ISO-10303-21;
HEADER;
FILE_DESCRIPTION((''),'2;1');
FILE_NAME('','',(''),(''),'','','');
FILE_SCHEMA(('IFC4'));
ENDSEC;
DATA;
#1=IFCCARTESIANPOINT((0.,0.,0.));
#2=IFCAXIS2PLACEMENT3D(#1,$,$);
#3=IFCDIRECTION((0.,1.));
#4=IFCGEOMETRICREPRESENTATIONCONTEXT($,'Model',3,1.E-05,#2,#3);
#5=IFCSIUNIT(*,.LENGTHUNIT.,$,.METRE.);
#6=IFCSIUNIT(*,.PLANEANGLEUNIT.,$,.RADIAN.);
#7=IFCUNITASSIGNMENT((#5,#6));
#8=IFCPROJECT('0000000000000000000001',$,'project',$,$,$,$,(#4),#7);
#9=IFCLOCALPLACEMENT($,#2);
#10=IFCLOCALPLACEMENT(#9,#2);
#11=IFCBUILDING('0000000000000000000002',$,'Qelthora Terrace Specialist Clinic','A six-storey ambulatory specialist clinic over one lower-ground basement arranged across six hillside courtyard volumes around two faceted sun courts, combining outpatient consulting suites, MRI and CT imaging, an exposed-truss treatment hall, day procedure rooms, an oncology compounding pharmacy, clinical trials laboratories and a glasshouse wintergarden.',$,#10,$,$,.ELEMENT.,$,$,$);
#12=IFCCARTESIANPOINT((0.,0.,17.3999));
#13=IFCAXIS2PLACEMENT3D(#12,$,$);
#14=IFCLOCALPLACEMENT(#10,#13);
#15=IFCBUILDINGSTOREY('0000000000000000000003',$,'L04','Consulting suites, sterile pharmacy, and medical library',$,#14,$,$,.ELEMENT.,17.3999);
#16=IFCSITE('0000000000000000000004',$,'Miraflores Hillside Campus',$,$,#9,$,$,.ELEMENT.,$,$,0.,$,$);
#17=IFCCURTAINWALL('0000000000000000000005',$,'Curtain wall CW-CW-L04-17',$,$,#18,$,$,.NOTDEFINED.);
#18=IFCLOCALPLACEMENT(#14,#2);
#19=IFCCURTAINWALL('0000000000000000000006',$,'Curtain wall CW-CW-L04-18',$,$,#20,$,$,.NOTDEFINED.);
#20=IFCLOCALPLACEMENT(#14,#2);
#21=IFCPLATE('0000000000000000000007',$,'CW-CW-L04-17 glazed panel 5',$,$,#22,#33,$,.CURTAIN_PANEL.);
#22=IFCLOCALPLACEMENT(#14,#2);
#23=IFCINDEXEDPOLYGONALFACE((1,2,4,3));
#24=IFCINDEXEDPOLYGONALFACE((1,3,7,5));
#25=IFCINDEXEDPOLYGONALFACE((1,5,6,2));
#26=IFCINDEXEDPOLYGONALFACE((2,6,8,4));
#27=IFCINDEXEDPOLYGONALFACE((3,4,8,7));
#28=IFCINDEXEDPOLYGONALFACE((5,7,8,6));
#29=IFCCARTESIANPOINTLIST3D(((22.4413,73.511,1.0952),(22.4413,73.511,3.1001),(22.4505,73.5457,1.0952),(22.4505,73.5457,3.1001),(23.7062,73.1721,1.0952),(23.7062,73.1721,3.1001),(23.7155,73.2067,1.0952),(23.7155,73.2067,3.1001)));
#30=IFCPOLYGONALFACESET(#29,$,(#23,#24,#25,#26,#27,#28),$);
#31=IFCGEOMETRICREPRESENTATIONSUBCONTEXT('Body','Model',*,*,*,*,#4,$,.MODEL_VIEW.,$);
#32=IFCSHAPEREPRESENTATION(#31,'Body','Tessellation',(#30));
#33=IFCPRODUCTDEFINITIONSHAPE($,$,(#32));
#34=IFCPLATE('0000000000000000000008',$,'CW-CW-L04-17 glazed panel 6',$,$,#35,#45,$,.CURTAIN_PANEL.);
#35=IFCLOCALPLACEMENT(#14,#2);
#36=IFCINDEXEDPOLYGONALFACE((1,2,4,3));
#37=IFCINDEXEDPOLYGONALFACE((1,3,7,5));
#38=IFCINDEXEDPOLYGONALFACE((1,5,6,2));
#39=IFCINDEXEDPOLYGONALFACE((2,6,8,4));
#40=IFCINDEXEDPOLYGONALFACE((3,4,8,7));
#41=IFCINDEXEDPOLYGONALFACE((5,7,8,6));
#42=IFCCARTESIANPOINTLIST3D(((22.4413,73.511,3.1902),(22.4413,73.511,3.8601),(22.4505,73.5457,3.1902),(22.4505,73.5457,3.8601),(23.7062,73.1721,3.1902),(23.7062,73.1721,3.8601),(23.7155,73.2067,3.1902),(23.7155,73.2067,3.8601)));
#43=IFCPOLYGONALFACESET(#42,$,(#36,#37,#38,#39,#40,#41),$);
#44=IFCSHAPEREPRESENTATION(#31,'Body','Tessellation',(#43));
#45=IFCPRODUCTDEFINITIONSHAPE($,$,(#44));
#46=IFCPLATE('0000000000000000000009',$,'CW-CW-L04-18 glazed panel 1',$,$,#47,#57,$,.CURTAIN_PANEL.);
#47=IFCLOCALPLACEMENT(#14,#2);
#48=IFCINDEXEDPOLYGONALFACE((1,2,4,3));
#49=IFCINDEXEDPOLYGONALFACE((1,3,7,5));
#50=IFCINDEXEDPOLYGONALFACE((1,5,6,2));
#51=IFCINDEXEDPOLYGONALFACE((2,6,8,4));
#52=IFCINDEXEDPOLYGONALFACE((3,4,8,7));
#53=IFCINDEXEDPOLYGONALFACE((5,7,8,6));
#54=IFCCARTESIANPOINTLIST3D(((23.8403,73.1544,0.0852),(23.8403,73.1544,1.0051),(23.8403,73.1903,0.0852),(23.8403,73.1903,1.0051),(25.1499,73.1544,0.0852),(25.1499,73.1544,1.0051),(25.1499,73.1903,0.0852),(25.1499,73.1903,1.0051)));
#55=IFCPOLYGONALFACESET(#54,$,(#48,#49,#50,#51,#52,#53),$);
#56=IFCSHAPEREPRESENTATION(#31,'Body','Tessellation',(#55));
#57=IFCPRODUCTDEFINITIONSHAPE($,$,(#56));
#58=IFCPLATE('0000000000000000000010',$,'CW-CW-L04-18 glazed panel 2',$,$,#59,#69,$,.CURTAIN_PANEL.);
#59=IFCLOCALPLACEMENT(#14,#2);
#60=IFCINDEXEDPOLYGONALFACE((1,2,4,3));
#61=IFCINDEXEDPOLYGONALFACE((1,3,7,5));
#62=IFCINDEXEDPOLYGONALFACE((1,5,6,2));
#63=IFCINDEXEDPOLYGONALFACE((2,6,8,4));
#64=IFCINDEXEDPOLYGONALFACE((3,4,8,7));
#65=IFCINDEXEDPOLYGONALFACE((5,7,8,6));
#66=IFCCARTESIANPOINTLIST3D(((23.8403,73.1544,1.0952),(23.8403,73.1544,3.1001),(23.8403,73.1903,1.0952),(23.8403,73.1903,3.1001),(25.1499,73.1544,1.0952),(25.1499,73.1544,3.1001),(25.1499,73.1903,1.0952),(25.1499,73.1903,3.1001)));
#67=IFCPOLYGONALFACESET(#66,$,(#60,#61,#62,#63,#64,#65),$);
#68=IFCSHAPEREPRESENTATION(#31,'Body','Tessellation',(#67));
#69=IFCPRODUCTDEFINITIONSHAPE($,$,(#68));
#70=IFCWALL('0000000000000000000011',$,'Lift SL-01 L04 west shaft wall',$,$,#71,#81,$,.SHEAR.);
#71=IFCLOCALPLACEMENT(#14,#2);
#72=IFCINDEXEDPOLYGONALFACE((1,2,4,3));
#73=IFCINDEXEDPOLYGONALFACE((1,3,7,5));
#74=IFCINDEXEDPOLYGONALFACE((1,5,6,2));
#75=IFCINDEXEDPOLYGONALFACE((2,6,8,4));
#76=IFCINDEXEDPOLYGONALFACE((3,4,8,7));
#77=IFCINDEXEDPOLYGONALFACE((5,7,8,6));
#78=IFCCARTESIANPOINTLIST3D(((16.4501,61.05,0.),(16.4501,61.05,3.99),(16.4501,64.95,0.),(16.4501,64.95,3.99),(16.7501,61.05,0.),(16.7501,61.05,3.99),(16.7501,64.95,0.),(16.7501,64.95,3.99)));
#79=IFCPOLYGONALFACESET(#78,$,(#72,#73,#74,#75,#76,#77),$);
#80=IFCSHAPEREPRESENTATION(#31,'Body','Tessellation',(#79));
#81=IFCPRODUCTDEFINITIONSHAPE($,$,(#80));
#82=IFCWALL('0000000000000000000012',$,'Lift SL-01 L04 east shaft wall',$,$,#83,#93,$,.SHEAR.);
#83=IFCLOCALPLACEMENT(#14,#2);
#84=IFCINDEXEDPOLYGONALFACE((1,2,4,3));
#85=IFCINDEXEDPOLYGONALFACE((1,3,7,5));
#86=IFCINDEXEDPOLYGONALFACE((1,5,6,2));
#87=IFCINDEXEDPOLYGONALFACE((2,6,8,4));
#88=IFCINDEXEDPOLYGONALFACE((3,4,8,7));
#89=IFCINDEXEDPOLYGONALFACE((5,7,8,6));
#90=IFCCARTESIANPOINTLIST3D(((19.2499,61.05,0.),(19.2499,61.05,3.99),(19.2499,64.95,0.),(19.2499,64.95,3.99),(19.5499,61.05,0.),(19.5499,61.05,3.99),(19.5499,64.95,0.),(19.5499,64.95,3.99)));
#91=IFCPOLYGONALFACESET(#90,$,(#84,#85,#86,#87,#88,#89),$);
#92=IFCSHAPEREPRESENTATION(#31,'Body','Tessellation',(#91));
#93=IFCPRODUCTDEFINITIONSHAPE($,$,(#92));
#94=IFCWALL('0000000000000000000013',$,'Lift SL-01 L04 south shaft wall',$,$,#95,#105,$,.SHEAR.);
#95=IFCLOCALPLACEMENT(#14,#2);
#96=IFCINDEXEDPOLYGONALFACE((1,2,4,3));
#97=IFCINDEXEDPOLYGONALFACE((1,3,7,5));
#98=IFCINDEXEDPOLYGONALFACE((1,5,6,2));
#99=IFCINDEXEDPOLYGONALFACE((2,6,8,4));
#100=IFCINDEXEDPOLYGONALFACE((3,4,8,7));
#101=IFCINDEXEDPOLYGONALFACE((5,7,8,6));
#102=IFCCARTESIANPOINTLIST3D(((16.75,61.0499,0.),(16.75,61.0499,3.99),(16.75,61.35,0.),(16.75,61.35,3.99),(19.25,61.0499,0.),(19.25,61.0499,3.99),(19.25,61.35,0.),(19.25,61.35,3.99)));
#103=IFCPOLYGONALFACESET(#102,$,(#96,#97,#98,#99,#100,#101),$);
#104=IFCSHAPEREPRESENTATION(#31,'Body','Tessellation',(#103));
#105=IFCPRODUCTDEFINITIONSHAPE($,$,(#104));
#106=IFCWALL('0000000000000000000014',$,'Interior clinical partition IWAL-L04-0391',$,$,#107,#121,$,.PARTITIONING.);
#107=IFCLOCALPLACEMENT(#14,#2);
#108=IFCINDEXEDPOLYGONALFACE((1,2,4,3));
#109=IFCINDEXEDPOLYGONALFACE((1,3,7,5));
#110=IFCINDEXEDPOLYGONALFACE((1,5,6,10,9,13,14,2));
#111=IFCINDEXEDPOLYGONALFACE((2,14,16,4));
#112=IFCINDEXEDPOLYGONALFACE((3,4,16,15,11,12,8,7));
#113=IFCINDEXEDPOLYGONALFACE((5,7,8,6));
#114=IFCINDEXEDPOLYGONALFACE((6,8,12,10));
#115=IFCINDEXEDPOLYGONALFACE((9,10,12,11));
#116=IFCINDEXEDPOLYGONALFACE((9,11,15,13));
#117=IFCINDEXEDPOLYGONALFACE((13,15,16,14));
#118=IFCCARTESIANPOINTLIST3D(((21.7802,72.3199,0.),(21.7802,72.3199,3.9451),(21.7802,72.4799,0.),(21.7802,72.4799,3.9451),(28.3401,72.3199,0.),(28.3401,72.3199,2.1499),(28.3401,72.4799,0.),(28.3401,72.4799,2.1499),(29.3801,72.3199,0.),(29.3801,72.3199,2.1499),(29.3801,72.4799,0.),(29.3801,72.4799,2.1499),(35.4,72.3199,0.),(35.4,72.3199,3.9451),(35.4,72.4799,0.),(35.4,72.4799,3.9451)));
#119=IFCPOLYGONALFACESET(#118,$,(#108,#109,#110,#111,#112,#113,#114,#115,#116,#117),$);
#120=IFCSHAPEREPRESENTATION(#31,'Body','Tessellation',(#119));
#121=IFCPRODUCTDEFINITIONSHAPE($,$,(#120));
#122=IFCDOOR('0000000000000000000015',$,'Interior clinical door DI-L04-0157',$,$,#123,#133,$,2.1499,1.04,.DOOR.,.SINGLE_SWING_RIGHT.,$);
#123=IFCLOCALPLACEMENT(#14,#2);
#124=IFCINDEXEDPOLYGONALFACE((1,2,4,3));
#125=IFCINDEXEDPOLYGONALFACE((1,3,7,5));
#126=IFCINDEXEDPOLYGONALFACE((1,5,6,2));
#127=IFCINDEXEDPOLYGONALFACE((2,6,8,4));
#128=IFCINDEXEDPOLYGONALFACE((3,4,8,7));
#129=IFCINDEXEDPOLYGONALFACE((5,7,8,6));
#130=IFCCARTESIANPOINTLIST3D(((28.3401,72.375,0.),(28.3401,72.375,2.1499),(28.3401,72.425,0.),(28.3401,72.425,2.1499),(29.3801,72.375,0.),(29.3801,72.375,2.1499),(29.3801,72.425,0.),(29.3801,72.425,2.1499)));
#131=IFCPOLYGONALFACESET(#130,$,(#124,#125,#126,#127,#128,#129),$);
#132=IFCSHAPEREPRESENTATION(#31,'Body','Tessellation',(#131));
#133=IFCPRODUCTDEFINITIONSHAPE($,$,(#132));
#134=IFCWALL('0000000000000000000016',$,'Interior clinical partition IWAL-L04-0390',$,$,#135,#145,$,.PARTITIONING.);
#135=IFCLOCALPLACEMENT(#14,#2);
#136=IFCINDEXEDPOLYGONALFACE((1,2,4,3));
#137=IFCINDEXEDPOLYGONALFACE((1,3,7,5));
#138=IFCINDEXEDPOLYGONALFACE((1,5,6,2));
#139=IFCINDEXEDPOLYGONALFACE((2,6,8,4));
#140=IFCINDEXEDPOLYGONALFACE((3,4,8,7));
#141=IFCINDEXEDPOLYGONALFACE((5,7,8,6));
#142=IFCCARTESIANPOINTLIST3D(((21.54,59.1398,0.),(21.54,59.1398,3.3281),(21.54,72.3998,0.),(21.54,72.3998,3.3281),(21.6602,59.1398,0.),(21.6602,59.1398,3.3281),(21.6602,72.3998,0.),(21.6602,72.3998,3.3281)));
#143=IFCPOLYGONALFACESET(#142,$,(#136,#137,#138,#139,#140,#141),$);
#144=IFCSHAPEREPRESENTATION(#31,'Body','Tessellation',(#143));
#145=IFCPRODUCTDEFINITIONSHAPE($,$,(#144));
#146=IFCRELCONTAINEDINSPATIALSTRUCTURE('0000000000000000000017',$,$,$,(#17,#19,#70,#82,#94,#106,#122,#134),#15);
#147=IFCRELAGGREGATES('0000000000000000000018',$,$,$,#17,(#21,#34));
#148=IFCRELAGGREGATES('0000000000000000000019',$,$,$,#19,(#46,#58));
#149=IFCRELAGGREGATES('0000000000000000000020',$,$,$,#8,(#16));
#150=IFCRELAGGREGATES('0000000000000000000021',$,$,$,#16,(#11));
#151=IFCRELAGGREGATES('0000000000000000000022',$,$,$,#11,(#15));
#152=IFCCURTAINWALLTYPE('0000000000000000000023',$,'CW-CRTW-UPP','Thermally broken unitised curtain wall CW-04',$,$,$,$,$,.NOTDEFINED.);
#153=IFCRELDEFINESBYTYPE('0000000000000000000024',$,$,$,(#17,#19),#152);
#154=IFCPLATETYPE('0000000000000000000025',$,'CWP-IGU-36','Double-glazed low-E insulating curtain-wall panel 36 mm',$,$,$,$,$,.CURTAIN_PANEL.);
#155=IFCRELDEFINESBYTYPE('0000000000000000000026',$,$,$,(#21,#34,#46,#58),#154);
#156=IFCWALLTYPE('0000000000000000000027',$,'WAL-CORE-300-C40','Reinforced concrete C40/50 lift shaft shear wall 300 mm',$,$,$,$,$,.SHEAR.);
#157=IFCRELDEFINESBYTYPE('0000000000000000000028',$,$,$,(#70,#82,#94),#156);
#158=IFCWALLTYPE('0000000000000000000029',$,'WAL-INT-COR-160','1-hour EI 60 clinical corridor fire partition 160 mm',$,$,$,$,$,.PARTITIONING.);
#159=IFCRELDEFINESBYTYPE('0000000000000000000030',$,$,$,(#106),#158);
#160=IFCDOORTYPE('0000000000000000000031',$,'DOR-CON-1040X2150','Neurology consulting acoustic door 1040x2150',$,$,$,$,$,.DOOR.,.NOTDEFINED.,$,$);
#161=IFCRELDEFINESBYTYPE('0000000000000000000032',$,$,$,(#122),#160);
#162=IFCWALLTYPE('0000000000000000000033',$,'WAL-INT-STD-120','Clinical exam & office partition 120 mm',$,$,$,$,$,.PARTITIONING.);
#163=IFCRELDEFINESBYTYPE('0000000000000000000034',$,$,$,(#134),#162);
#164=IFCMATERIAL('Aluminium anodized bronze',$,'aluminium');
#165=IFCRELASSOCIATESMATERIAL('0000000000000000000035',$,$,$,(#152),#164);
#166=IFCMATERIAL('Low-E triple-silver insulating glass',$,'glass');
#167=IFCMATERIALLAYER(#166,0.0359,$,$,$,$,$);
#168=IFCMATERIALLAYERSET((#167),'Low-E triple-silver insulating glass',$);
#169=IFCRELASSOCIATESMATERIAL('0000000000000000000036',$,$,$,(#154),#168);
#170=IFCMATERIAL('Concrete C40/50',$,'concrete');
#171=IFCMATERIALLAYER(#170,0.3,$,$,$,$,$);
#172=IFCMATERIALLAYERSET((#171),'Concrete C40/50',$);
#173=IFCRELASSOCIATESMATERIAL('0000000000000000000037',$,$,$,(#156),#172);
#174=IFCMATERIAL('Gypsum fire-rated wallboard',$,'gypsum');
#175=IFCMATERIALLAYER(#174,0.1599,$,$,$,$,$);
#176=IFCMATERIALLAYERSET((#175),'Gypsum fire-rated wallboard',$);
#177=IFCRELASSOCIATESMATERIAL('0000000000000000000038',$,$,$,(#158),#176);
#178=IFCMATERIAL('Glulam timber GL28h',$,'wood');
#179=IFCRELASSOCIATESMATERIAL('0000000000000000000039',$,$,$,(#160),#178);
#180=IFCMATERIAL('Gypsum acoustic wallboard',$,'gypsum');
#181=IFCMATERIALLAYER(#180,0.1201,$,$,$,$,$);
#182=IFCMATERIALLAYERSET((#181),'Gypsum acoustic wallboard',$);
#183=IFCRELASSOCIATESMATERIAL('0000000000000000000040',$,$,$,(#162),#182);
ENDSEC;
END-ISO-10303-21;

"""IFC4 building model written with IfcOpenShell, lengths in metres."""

from ifc_helpers import new_model, si_unit, direction, frame, frame_2d, origin, origin_2d, place, context, subcontext, project, spatial, rectangle, extrude, material, layer, layer_set, type_object, element, fill, aggregate, save


model = new_model("IFC4")

# Units and contexts
model_context = context("Model", 3, precision=1e-05, world=origin(), true_north=direction((0.0, 1.0)))
body_context = subcontext(model_context, "Body", "Model", "MODEL_VIEW")
ifc_project = project(units=[si_unit("LENGTHUNIT", "METRE"), si_unit("PLANEANGLEUNIT", "RADIAN")], contexts=[model_context])

# Site, building, storey
site_placement = place(None, origin())
site = spatial("IfcSite", under=ifc_project, at=site_placement, Name="Miraflores Hillside Campus", CompositionType="ELEMENT", RefElevation=0.0)
building_placement = place(site_placement, origin())
building = spatial("IfcBuilding", under=site, at=building_placement, Name="Qelthora Terrace Specialist Clinic", Description="A six-storey ambulatory specialist clinic over one lower-ground basement arranged across six hillside courtyard volumes around two faceted sun courts, combining outpatient consulting suites, MRI and CT imaging, an exposed-truss treatment hall, day procedure rooms, an oncology compounding pharmacy, clinical trials laboratories and a glasshouse wintergarden.", CompositionType="ELEMENT")
storey_placement = place(building_placement, frame((0.0, 0.0, 17.3999)))
storey = spatial("IfcBuildingStorey", under=building, at=storey_placement, Name="L04", Description="Consulting suites, sterile pharmacy, and medical library", CompositionType="ELEMENT", Elevation=17.3999)

# Curtain wall
ifc_material_1 = material(Name="Aluminium anodized bronze", Category="aluminium")
curtain_wall_type = type_object("IfcCurtainWallType", Name="CW-CRTW-UPP", Description="Thermally broken unitised curtain wall CW-04", PredefinedType="NOTDEFINED", material=ifc_material_1)
curtain_wall_1_placement = place(storey_placement, origin())
curtain_wall_1 = element("IfcCurtainWall", 1, at=curtain_wall_1_placement, inside=storey, type_object=curtain_wall_type, Name="Curtain wall CW-CW-L04-17", PredefinedType="NOTDEFINED")

# Curtain wall
curtain_wall_2_placement = place(storey_placement, origin())
curtain_wall_2 = element("IfcCurtainWall", 2, at=curtain_wall_2_placement, inside=storey, type_object=curtain_wall_type, Name="Curtain wall CW-CW-L04-18", PredefinedType="NOTDEFINED")

# Plates
ifc_material_2 = material(Name="Low-E triple-silver insulating glass", Category="glass")
ifc_layer_1 = layer(ifc_material_2, 0.0359)
ifc_layer_set_1 = layer_set([ifc_layer_1], Name="Low-E triple-silver insulating glass")
plate_type = type_object("IfcPlateType", Name="CWP-IGU-36", Description="Double-glazed low-E insulating curtain-wall panel 36 mm", PredefinedType="CURTAIN_PANEL", material=ifc_layer_set_1)
plate_1_placement = place(storey_placement, frame((23.0784, 73.3589, 1.0952), z_axis=(0.0, 0.0, 1.0), x_axis=(0.965925, -0.258821, 0.0)))
plate_1 = element("IfcPlate", 3, at=plate_1_placement, type_object=plate_type, Name="CW-CW-L04-17 glazed panel 5", PredefinedType="CURTAIN_PANEL", context=body_context, shape_type="SweptSolid", body=[
    extrude(rectangle(XDim=1.3096, YDim=0.0359, at=origin_2d()), origin(), (0.0, 0.0, 1.0), 2.0049),
])
plate_2_placement = place(storey_placement, frame((23.0784, 73.3589, 3.1902), z_axis=(0.0, 0.0, 1.0), x_axis=(0.965925, -0.258821, 0.0)))
plate_2 = element("IfcPlate", 4, at=plate_2_placement, type_object=plate_type, Name="CW-CW-L04-17 glazed panel 6", PredefinedType="CURTAIN_PANEL", context=body_context, shape_type="SweptSolid", body=[
    extrude(rectangle(XDim=1.3096, YDim=0.0359, at=origin_2d()), origin(), (0.0, 0.0, 1.0), 0.6699),
])
aggregate(curtain_wall_1, [plate_1, plate_2])
plate_3_placement = place(storey_placement, frame((24.4951, 73.1724, 0.0852), z_axis=(0.0, 0.0, 1.0), x_axis=(1.0, 0.0, 0.0)))
plate_3 = element("IfcPlate", 5, at=plate_3_placement, type_object=plate_type, Name="CW-CW-L04-18 glazed panel 1", PredefinedType="CURTAIN_PANEL", context=body_context, shape_type="SweptSolid", body=[
    extrude(rectangle(XDim=1.3096, YDim=0.0359, at=origin_2d()), origin(), (0.0, 0.0, 1.0), 0.9199),
])
plate_4_placement = place(storey_placement, frame((24.4951, 73.1724, 1.0952), z_axis=(0.0, 0.0, 1.0), x_axis=(1.0, 0.0, 0.0)))
plate_4 = element("IfcPlate", 6, at=plate_4_placement, type_object=plate_type, Name="CW-CW-L04-18 glazed panel 2", PredefinedType="CURTAIN_PANEL", context=body_context, shape_type="SweptSolid", body=[
    extrude(rectangle(XDim=1.3096, YDim=0.0359, at=origin_2d()), origin(), (0.0, 0.0, 1.0), 2.0049),
])
aggregate(curtain_wall_2, [plate_3, plate_4])

# Walls
ifc_material_3 = material(Name="Concrete C40/50", Category="concrete")
ifc_layer_2 = layer(ifc_material_3, 0.3)
ifc_layer_set_2 = layer_set([ifc_layer_2], Name="Concrete C40/50")
wall_type_1 = type_object("IfcWallType", Name="WAL-CORE-300-C40", Description="Reinforced concrete C40/50 lift shaft shear wall 300 mm", PredefinedType="SHEAR", material=ifc_layer_set_2)
for number, where, z_axis, x_axis, name in (
    (7, (16.6001, 61.05, 0.0), (0.0, 0.0, 1.0), (0.0, 1.0, 0.0), "Lift SL-01 L04 west shaft wall"),
    (8, (19.3999, 61.05, 0.0), (0.0, 0.0, 1.0), (0.0, 1.0, 0.0), "Lift SL-01 L04 east shaft wall"),
):
    element("IfcWall", number, at=place(storey_placement, frame(where, z_axis=z_axis, x_axis=x_axis)), inside=storey, type_object=wall_type_1, Name=name, PredefinedType="SHEAR", context=body_context, shape_type="SweptSolid", body=[
        extrude(rectangle(XDim=3.8999, YDim=0.3, at=frame_2d((1.95, 0.0))), origin(), (0.0, 0.0, 1.0), 3.99),
    ])

# Wall
wall_1_placement = place(storey_placement, frame((16.75, 61.2, 0.0), z_axis=(0.0, 0.0, 1.0), x_axis=(1.0, 0.0, 0.0)))
element("IfcWall", 9, at=wall_1_placement, inside=storey, type_object=wall_type_1, Name="Lift SL-01 L04 south shaft wall", PredefinedType="SHEAR", context=body_context, shape_type="SweptSolid", body=[
    extrude(rectangle(XDim=2.5, YDim=0.3, at=frame_2d((1.25, 0.0))), origin(), (0.0, 0.0, 1.0), 3.99),
])

# Wall, opening, door
ifc_material_4 = material(Name="Gypsum fire-rated wallboard", Category="gypsum")
ifc_layer_3 = layer(ifc_material_4, 0.1599)
ifc_layer_set_3 = layer_set([ifc_layer_3], Name="Gypsum fire-rated wallboard")
wall_type_2 = type_object("IfcWallType", Name="WAL-INT-COR-160", Description="1-hour EI 60 clinical corridor fire partition 160 mm", PredefinedType="PARTITIONING", material=ifc_layer_set_3)
wall_2_placement = place(storey_placement, frame((21.78, 72.3999, 0.0), z_axis=(0.0, 0.0, 1.0), x_axis=(1.0, 0.0, 0.0)))
wall_2 = element("IfcWall", 10, at=wall_2_placement, inside=storey, type_object=wall_type_2, Name="Interior clinical partition IWAL-L04-0391", PredefinedType="PARTITIONING", context=body_context, shape_type="SweptSolid", body=[
    extrude(rectangle(XDim=13.6199, YDim=0.1599, at=frame_2d((6.8101, 0.0))), origin(), (0.0, 0.0, 1.0), 3.9451),
])
opening_1_placement = place(wall_2_placement, frame((6.5601, 0.0, 0.0)))
opening_1 = element("IfcOpeningElement", 11, at=opening_1_placement, cuts=wall_2, PredefinedType="OPENING", context=body_context, shape_type="SweptSolid", body=[
    extrude(rectangle(XDim=1.04, YDim=2.1499, at=frame_2d((0.52, 1.075))), frame((0.0, 0.0898, 0.0), z_axis=(0.0, -1.0, 0.0), x_axis=(1.0, 0.0, 0.0)), (0.0, 0.0, 1.0), 0.1799),
])
ifc_material_5 = material(Name="Glulam timber GL28h", Category="wood")
door_type_1 = type_object("IfcDoorType", Name="DOR-CON-1040X2150", Description="Neurology consulting acoustic door 1040x2150", OperationType="NOTDEFINED", PredefinedType="DOOR", material=ifc_material_5)
door_1_placement = place(opening_1_placement, frame((1.04, 0.0, 0.0), z_axis=(0.0, 0.0, 1.0), x_axis=(-1.0, 0.0, 0.0)))
door_1 = element("IfcDoor", 12, at=door_1_placement, inside=storey, type_object=door_type_1, Name="Interior clinical door DI-L04-0157", OperationType="SINGLE_SWING_RIGHT", OverallHeight=2.1499, OverallWidth=1.04, PredefinedType="DOOR", context=body_context, shape_type="SweptSolid", body=[
    extrude(rectangle(XDim=1.04, YDim=2.1499, at=frame_2d((0.52, 1.075))), frame((0.0, 0.0249, 0.0), z_axis=(0.0, -1.0, 0.0), x_axis=(1.0, 0.0, 0.0)), (0.0, 0.0, 1.0), 0.05),
])
fill(opening_1, door_1)

# Wall
ifc_material_6 = material(Name="Gypsum acoustic wallboard", Category="gypsum")
ifc_layer_4 = layer(ifc_material_6, 0.1201)
ifc_layer_set_4 = layer_set([ifc_layer_4], Name="Gypsum acoustic wallboard")
wall_type_3 = type_object("IfcWallType", Name="WAL-INT-STD-120", Description="Clinical exam & office partition 120 mm", PredefinedType="PARTITIONING", material=ifc_layer_set_4)
wall_3_placement = place(storey_placement, frame((21.6001, 59.1399, 0.0), z_axis=(0.0, 0.0, 1.0), x_axis=(0.0, 1.0, 0.0)))
element("IfcWall", 13, at=wall_3_placement, inside=storey, type_object=wall_type_3, Name="Interior clinical partition IWAL-L04-0390", PredefinedType="PARTITIONING", context=body_context, shape_type="SweptSolid", body=[
    extrude(rectangle(XDim=13.26, YDim=0.1201, at=frame_2d((6.6299, 0.0))), origin(), (0.0, 0.0, 1.0), 3.3281),
])

save(model, "model.ifc")
